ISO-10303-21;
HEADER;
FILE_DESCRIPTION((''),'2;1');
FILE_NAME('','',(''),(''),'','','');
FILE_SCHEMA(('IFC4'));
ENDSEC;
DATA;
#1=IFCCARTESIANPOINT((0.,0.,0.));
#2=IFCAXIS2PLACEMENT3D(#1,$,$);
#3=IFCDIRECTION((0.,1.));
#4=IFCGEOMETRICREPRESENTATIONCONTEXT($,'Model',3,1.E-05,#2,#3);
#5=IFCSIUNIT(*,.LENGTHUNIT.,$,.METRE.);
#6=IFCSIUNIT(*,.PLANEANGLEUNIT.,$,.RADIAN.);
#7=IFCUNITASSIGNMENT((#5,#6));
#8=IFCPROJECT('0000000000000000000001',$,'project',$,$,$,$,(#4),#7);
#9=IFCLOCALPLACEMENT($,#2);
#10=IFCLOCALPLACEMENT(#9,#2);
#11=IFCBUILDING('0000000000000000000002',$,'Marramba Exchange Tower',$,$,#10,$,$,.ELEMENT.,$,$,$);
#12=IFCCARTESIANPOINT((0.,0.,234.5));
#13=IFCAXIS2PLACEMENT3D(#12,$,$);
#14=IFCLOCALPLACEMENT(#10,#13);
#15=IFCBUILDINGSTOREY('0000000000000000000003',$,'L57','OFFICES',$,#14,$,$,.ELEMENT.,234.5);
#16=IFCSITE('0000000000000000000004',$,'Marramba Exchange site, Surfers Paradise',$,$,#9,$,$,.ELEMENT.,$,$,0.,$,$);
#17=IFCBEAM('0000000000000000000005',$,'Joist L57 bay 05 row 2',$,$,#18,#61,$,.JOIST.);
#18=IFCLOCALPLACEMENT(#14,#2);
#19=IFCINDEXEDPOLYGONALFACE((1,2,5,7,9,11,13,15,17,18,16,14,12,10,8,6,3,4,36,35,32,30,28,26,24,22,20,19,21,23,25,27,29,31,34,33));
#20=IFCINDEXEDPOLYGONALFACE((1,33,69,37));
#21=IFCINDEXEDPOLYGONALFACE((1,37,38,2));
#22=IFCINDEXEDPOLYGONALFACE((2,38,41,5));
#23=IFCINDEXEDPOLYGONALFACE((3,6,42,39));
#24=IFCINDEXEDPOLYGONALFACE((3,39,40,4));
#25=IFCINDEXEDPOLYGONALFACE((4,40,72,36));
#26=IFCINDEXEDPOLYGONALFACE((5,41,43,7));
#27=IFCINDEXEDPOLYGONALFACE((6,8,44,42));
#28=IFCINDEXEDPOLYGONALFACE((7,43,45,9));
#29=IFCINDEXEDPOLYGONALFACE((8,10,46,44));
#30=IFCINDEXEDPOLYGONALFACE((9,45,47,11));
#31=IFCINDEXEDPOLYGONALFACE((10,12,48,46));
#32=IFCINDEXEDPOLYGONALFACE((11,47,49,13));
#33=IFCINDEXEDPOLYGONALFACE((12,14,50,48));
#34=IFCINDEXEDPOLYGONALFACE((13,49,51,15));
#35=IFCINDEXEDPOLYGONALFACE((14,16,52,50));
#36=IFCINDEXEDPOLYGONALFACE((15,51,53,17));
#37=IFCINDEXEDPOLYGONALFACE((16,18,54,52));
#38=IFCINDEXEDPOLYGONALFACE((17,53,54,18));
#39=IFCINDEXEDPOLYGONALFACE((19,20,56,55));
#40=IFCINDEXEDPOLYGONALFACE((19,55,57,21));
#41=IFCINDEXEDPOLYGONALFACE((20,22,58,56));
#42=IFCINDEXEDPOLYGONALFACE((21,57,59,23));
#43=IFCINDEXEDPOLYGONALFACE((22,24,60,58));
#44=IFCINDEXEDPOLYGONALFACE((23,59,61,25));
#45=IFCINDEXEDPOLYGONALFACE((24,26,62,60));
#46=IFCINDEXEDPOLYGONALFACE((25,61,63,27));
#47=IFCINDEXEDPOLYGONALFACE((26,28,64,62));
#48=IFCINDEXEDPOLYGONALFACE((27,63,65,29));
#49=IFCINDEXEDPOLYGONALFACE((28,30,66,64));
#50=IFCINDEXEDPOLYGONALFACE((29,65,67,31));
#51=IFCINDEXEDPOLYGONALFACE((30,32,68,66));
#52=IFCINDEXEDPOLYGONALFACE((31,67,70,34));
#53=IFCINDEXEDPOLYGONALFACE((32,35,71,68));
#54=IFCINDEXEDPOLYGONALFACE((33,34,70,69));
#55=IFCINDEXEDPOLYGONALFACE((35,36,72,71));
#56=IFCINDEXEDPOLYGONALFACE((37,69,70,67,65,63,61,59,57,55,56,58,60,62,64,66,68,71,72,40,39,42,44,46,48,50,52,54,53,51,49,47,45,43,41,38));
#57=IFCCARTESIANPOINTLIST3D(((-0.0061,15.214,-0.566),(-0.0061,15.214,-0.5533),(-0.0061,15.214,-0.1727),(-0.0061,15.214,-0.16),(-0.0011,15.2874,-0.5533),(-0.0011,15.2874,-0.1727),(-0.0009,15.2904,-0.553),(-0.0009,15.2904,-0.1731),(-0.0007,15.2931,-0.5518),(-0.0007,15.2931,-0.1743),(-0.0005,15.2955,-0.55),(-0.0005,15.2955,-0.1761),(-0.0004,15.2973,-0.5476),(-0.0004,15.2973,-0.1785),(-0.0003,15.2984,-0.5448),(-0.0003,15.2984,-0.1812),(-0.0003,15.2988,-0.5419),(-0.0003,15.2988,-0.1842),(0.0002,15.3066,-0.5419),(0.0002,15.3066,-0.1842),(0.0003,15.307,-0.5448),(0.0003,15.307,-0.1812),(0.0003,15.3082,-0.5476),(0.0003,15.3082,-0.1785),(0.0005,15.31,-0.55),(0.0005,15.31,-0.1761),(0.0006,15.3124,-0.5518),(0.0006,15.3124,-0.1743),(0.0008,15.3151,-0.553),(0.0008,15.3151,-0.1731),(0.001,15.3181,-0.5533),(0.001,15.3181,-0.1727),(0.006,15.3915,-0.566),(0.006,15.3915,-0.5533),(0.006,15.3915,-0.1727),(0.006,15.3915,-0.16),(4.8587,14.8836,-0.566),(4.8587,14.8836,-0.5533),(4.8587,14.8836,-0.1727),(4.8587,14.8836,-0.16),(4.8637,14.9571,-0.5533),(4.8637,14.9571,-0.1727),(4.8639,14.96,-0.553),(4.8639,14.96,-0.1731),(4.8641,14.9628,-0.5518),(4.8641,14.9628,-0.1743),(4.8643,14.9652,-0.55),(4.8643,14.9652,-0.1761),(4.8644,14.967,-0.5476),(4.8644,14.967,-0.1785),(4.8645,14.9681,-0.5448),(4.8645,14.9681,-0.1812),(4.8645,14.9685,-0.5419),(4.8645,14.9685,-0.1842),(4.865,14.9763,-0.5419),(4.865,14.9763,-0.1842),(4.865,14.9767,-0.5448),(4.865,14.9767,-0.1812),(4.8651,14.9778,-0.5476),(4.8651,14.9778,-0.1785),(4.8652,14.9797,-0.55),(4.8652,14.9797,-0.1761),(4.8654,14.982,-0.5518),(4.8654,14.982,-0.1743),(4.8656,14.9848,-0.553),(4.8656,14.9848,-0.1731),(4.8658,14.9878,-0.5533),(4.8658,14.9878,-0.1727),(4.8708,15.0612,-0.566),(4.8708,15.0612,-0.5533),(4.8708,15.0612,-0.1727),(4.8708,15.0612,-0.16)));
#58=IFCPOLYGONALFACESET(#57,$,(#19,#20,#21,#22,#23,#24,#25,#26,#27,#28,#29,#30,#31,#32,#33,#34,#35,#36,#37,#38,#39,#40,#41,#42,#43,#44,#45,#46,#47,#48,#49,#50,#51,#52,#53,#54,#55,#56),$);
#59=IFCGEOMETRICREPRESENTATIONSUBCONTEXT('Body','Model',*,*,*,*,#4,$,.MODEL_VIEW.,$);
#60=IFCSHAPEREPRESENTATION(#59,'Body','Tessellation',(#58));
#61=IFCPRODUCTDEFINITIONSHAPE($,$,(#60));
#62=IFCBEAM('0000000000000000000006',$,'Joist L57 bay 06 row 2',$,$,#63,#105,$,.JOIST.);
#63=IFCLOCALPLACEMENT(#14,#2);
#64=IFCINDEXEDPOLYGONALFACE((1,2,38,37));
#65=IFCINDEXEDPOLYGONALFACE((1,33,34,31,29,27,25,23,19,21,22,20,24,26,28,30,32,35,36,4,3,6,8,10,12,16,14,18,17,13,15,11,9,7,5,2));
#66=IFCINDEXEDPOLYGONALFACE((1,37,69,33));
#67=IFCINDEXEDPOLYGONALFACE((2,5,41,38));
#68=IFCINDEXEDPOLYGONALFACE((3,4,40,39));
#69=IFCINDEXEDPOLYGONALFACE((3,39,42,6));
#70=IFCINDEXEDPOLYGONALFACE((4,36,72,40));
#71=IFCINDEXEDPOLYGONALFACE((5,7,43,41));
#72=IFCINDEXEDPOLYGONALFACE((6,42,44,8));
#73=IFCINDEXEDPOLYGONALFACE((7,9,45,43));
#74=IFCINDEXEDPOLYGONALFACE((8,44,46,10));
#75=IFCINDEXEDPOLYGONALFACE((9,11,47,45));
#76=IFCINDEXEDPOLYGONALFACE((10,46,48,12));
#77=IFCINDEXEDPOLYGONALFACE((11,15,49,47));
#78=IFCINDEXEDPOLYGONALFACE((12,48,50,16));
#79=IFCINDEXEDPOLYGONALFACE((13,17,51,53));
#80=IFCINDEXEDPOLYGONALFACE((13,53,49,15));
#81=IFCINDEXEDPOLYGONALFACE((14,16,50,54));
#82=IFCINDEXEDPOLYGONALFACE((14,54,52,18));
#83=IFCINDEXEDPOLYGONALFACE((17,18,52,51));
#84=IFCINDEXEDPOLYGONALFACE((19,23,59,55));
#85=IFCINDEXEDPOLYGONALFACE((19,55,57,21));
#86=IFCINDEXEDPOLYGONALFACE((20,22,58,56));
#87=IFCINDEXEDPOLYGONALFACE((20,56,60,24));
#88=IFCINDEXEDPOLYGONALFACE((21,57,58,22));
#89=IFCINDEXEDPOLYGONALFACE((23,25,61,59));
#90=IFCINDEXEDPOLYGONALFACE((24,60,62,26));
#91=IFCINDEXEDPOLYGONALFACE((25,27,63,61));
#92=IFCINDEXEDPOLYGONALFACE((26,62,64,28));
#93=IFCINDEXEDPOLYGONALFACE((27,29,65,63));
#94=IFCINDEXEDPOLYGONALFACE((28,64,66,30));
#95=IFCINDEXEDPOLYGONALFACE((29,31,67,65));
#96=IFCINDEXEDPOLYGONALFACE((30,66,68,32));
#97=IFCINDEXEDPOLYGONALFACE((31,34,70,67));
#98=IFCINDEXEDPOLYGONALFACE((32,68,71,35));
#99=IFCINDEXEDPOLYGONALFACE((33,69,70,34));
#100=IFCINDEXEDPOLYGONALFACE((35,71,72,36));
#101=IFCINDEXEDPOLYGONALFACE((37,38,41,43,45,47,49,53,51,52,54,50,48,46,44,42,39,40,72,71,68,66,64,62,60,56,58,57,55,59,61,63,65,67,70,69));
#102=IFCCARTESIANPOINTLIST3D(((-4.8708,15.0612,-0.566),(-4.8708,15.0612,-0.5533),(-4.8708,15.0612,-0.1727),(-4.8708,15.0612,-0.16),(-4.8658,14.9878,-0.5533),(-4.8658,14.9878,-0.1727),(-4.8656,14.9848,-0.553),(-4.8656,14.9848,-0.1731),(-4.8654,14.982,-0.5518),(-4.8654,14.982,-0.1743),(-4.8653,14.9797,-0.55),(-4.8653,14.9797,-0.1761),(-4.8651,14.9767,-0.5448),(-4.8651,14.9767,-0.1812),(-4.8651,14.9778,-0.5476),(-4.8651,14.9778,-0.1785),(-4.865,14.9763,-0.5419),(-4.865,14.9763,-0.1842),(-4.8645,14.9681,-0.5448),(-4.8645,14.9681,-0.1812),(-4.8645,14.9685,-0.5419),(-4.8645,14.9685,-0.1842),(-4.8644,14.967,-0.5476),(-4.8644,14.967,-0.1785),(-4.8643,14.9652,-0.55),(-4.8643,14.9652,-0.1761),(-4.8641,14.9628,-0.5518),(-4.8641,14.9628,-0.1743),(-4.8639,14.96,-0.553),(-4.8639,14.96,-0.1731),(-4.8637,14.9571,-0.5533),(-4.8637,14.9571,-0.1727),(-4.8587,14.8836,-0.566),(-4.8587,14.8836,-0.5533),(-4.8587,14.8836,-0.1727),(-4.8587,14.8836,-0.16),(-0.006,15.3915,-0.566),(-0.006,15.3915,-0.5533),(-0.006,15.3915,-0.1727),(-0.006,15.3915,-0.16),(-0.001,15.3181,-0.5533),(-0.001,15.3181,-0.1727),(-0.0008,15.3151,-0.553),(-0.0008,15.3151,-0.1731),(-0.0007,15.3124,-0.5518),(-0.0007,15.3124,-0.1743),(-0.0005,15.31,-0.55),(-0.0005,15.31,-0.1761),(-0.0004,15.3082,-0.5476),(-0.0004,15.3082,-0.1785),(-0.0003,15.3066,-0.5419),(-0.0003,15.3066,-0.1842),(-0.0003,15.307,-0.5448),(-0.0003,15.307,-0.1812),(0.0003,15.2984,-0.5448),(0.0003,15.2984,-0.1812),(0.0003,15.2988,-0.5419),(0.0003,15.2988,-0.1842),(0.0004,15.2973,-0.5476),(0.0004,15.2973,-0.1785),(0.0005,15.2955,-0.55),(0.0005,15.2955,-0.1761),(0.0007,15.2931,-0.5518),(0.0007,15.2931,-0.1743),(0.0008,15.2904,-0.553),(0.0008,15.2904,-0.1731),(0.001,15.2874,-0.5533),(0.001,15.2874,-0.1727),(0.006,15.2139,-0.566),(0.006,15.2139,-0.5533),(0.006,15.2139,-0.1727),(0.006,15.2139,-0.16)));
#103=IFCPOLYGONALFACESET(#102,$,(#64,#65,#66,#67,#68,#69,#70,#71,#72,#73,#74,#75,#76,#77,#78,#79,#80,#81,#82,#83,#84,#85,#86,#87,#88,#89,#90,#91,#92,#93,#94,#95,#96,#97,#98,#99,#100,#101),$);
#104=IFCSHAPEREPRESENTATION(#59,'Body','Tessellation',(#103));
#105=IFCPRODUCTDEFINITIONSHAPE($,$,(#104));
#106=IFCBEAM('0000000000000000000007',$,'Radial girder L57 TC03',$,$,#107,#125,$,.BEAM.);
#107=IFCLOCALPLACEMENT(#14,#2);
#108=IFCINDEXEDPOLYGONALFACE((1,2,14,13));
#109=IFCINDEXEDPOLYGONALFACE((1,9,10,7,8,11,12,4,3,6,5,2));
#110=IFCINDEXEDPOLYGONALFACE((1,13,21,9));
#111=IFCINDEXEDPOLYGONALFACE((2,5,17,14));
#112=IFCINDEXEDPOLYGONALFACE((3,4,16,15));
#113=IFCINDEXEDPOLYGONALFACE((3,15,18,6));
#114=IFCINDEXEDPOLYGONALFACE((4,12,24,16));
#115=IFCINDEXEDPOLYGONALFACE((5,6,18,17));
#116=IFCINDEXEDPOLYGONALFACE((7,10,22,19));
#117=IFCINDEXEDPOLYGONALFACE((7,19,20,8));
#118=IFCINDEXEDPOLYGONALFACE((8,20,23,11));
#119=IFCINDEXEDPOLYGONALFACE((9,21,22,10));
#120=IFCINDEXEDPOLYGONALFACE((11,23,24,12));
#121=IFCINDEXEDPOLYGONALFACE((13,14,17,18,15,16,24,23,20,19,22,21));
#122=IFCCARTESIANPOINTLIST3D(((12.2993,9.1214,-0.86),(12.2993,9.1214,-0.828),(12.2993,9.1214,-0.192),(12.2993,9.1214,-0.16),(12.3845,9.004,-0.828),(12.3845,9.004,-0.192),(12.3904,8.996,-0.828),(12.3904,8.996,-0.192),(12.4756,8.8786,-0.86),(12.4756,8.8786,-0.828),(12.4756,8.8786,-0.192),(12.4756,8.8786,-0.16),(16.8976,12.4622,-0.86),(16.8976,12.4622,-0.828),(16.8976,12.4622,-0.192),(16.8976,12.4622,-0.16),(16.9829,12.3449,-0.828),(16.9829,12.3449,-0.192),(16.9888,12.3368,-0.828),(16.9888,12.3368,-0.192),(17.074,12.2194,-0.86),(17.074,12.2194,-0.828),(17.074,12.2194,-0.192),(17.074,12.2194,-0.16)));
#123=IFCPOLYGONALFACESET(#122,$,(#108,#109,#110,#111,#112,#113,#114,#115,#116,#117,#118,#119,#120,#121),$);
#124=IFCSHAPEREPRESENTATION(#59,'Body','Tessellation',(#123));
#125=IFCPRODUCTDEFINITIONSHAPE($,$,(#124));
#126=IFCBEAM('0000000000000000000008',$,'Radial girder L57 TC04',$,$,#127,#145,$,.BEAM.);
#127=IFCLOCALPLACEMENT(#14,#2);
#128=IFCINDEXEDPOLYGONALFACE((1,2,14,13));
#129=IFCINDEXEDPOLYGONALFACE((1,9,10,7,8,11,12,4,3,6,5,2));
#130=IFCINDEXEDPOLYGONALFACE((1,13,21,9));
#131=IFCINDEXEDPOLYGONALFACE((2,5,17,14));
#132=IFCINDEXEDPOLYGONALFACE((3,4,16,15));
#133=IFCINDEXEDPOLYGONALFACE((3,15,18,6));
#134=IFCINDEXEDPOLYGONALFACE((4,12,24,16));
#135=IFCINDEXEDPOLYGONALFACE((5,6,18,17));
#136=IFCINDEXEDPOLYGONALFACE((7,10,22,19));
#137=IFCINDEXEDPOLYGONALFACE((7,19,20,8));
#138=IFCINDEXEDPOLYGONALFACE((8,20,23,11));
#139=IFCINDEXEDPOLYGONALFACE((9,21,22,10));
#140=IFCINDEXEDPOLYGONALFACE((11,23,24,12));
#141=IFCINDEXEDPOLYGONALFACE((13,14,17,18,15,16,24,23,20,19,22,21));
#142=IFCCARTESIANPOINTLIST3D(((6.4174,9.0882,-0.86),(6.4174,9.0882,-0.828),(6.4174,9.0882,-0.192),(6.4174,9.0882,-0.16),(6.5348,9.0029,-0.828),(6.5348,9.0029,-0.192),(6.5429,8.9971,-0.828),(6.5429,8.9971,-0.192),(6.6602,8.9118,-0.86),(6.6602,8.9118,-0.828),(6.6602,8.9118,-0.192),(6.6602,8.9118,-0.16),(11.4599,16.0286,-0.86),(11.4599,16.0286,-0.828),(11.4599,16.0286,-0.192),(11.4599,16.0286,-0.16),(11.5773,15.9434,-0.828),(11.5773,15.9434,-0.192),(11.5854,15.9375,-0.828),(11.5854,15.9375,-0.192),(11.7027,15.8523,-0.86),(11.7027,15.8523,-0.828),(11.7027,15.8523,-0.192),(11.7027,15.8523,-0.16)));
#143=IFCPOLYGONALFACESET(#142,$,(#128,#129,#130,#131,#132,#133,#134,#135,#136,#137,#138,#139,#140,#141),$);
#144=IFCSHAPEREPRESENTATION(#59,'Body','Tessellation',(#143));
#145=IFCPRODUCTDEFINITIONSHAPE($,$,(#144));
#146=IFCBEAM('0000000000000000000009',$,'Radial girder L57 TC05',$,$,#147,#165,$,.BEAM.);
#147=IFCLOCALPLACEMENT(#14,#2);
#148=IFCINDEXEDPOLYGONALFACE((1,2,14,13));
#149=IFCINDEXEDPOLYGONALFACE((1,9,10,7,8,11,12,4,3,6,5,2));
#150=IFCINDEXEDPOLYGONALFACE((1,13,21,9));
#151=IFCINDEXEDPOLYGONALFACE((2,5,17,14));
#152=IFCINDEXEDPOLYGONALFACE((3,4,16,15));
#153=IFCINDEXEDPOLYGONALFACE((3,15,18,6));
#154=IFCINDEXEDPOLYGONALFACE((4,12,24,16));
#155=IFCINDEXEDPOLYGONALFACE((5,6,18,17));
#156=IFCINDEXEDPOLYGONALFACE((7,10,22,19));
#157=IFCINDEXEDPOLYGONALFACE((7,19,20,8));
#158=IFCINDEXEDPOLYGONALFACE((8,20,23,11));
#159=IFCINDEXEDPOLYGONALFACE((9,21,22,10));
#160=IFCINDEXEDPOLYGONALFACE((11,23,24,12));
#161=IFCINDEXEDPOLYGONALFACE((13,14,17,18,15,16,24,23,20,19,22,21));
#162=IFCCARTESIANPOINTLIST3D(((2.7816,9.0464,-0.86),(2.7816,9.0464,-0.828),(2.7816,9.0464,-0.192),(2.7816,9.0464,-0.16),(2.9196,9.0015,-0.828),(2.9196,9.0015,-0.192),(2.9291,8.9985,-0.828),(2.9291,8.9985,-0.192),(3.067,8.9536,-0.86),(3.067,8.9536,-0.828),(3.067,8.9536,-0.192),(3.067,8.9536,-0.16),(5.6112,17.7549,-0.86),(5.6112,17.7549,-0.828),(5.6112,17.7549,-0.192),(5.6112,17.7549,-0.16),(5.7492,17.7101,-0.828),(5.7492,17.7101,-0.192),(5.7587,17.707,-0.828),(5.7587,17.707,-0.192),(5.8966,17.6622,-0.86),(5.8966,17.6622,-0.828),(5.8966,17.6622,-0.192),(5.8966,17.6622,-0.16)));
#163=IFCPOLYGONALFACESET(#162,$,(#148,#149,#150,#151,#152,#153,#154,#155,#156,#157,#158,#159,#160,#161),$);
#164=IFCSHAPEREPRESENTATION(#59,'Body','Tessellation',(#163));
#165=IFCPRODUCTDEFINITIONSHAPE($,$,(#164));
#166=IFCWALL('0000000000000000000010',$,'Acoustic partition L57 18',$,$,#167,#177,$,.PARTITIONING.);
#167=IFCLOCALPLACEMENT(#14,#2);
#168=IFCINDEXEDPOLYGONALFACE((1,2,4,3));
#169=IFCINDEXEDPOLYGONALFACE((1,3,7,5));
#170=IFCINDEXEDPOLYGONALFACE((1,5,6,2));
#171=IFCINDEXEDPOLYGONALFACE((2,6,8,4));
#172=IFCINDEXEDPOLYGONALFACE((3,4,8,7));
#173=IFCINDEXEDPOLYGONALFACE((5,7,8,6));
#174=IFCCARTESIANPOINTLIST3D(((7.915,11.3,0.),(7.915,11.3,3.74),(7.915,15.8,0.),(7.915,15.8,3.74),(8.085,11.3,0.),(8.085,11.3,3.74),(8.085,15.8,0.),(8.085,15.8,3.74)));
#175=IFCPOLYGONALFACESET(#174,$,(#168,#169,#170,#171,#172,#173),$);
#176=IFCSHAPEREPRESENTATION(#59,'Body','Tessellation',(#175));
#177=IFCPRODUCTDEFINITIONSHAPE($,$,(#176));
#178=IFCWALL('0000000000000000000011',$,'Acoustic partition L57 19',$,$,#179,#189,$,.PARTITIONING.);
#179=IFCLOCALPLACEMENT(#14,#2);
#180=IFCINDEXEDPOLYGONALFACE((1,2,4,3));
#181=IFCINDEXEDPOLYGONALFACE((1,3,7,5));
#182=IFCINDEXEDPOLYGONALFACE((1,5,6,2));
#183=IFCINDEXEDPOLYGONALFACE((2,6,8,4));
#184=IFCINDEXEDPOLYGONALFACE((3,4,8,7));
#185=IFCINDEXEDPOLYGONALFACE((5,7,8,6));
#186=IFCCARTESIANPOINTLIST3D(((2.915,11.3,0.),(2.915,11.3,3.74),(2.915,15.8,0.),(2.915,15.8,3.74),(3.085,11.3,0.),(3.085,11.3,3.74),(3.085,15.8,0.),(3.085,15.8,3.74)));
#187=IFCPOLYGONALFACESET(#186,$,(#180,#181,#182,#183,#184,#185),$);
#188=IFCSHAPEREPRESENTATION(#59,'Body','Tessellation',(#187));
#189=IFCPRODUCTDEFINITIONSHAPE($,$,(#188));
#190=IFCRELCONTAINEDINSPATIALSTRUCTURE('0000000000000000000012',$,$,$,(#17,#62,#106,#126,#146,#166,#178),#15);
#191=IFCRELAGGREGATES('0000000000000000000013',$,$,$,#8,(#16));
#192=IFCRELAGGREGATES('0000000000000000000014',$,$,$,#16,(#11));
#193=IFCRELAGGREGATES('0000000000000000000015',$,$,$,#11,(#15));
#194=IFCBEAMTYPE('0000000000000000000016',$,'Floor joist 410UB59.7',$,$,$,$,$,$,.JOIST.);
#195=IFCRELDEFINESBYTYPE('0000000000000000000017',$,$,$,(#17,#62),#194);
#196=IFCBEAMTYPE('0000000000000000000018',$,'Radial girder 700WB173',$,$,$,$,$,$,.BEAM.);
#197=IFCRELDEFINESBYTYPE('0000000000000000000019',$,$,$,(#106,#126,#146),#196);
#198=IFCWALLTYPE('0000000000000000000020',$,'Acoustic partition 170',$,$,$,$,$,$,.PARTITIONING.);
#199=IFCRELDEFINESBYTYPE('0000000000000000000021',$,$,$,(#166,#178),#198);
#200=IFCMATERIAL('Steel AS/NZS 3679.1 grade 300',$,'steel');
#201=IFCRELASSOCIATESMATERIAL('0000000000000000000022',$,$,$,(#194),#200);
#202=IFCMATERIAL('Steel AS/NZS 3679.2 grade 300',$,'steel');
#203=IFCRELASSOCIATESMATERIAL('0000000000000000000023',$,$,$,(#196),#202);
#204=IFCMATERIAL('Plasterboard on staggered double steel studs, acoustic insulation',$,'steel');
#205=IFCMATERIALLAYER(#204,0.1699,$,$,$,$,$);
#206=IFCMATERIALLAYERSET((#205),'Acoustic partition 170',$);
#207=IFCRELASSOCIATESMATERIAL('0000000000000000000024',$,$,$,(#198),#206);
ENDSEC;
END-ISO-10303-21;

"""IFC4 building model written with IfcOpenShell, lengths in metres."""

from ifc_helpers import new_model, si_unit, direction, frame, frame_2d, origin, origin_2d, place, context, subcontext, project, spatial, rectangle, i_section, extrude, material, layer, layer_set, material_profile, profile_set, type_object, element, save


model = new_model("IFC4")

# Units and contexts
model_context = context("Model", 3, precision=1e-05, world=origin(), true_north=direction((0.0, 1.0)))
body_context = subcontext(model_context, "Body", "Model", "MODEL_VIEW")
ifc_project = project(units=[si_unit("LENGTHUNIT", "METRE"), si_unit("PLANEANGLEUNIT", "RADIAN")], contexts=[model_context])

# Site, building, storey
site_placement = place(None, origin())
site = spatial("IfcSite", under=ifc_project, at=site_placement, Name="Marramba Exchange site, Surfers Paradise", CompositionType="ELEMENT", RefElevation=0.0)
building_placement = place(site_placement, origin())
building = spatial("IfcBuilding", under=site, at=building_placement, Name="Marramba Exchange Tower", CompositionType="ELEMENT")
storey_placement = place(building_placement, frame((0.0, 0.0, 234.5)))
storey = spatial("IfcBuildingStorey", under=building, at=storey_placement, Name="L57", Description="OFFICES", CompositionType="ELEMENT", Elevation=234.5)

# Beams
ifc_material_1 = material(Name="Steel AS/NZS 3679.1 grade 300", Category="steel")
ifc_material_profile_1 = material_profile(ifc_material_1, i_section(OverallWidth=0.178, OverallDepth=0.406, WebThickness=0.0078, FlangeThickness=0.0127, FilletRadius=0.0115, at=origin_2d()), Name="410UB59.7")
ifc_profile_set_1 = profile_set([ifc_material_profile_1], Name="Steel AS/NZS 3679.1 grade 300")
beam_type_1 = type_object("IfcBeamType", Name="Floor joist 410UB59.7", PredefinedType="JOIST", material=ifc_profile_set_1)
for number, where, z_axis, x_axis, name in (
    (1, (4.8647, 14.9724, -0.363), (-0.997703, 0.067745, 0.0), (-0.067745, -0.997703, 0.0), "Joist L57 bay 05 row 2"),
    (2, (0.0, 15.3027, -0.363), (-0.997703, -0.067745, 0.0), (0.067745, -0.997703, 0.0), "Joist L57 bay 06 row 2"),
):
    element("IfcBeam", number, at=place(storey_placement, frame(where, z_axis=z_axis, x_axis=x_axis)), inside=storey, type_object=beam_type_1, Name=name, PredefinedType="JOIST", context=body_context, shape_type="SweptSolid", body=[
        extrude(i_section(OverallWidth=0.178, OverallDepth=0.406, WebThickness=0.0078, FlangeThickness=0.0127, FilletRadius=0.0115, at=origin_2d()), origin(), (0.0, 0.0, 1.0), 4.876),
    ])
ifc_material_2 = material(Name="Steel AS/NZS 3679.2 grade 300", Category="steel")
ifc_material_profile_2 = material_profile(ifc_material_2, i_section(OverallWidth=0.3, OverallDepth=0.7, WebThickness=0.01, FlangeThickness=0.032, at=origin_2d()), Name="700WB173")
ifc_profile_set_2 = profile_set([ifc_material_profile_2], Name="Steel AS/NZS 3679.2 grade 300")
beam_type_2 = type_object("IfcBeamType", Name="Radial girder 700WB173", PredefinedType="BEAM", material=ifc_profile_set_2)
beam_1_placement = place(storey_placement, frame((12.3875, 9.0, -0.51), z_axis=(0.809026, 0.587773, 0.0), x_axis=(-0.587773, 0.809026, 0.0)))
element("IfcBeam", 3, at=beam_1_placement, inside=storey, type_object=beam_type_2, Name="Radial girder L57 TC03", PredefinedType="BEAM", context=body_context, shape_type="SweptSolid", body=[
    extrude(i_section(OverallWidth=0.3, OverallDepth=0.7, WebThickness=0.01, FlangeThickness=0.032, at=origin_2d()), origin(), (0.0, 0.0, 1.0), 5.6838),
])
beam_2_placement = place(storey_placement, frame((6.5388, 9.0, -0.51), z_axis=(0.587782, 0.809019, 0.0), x_axis=(-0.809019, 0.587782, 0.0)))
element("IfcBeam", 4, at=beam_2_placement, inside=storey, type_object=beam_type_2, Name="Radial girder L57 TC04", PredefinedType="BEAM", context=body_context, shape_type="SweptSolid", body=[
    extrude(i_section(OverallWidth=0.3, OverallDepth=0.7, WebThickness=0.01, FlangeThickness=0.032, at=origin_2d()), origin(), (0.0, 0.0, 1.0), 8.5789),
])
beam_3_placement = place(storey_placement, frame((2.9243, 9.0, -0.51), z_axis=(0.30902, 0.951056, 0.0), x_axis=(-0.951056, 0.30902, 0.0)))
element("IfcBeam", 5, at=beam_3_placement, inside=storey, type_object=beam_type_2, Name="Radial girder L57 TC05", PredefinedType="BEAM", context=body_context, shape_type="SweptSolid", body=[
    extrude(i_section(OverallWidth=0.3, OverallDepth=0.7, WebThickness=0.01, FlangeThickness=0.032, at=origin_2d()), origin(), (0.0, 0.0, 1.0), 9.1567),
])

# Walls
ifc_material_3 = material(Name="Plasterboard on staggered double steel studs, acoustic insulation", Category="steel")
ifc_layer_1 = layer(ifc_material_3, 0.1699)
ifc_layer_set_1 = layer_set([ifc_layer_1], Name="Acoustic partition 170")
wall_type_1 = type_object("IfcWallType", Name="Acoustic partition 170", PredefinedType="PARTITIONING", material=ifc_layer_set_1)
for number, where, z_axis, x_axis, name in (
    (6, (8.0, 15.8, 0.0), (0.0, 0.0, 1.0), (0.0, -1.0, 0.0), "Acoustic partition L57 18"),
    (7, (3.0, 15.8, 0.0), (0.0, 0.0, 1.0), (0.0, -1.0, 0.0), "Acoustic partition L57 19"),
):
    element("IfcWall", number, at=place(storey_placement, frame(where, z_axis=z_axis, x_axis=x_axis)), inside=storey, type_object=wall_type_1, Name=name, PredefinedType="PARTITIONING", context=body_context, shape_type="SweptSolid", body=[
        extrude(rectangle(XDim=4.5, YDim=0.1699, at=frame_2d((2.25, 0.0))), origin(), (0.0, 0.0, 1.0), 3.74),
    ])

save(model, "model.ifc")
